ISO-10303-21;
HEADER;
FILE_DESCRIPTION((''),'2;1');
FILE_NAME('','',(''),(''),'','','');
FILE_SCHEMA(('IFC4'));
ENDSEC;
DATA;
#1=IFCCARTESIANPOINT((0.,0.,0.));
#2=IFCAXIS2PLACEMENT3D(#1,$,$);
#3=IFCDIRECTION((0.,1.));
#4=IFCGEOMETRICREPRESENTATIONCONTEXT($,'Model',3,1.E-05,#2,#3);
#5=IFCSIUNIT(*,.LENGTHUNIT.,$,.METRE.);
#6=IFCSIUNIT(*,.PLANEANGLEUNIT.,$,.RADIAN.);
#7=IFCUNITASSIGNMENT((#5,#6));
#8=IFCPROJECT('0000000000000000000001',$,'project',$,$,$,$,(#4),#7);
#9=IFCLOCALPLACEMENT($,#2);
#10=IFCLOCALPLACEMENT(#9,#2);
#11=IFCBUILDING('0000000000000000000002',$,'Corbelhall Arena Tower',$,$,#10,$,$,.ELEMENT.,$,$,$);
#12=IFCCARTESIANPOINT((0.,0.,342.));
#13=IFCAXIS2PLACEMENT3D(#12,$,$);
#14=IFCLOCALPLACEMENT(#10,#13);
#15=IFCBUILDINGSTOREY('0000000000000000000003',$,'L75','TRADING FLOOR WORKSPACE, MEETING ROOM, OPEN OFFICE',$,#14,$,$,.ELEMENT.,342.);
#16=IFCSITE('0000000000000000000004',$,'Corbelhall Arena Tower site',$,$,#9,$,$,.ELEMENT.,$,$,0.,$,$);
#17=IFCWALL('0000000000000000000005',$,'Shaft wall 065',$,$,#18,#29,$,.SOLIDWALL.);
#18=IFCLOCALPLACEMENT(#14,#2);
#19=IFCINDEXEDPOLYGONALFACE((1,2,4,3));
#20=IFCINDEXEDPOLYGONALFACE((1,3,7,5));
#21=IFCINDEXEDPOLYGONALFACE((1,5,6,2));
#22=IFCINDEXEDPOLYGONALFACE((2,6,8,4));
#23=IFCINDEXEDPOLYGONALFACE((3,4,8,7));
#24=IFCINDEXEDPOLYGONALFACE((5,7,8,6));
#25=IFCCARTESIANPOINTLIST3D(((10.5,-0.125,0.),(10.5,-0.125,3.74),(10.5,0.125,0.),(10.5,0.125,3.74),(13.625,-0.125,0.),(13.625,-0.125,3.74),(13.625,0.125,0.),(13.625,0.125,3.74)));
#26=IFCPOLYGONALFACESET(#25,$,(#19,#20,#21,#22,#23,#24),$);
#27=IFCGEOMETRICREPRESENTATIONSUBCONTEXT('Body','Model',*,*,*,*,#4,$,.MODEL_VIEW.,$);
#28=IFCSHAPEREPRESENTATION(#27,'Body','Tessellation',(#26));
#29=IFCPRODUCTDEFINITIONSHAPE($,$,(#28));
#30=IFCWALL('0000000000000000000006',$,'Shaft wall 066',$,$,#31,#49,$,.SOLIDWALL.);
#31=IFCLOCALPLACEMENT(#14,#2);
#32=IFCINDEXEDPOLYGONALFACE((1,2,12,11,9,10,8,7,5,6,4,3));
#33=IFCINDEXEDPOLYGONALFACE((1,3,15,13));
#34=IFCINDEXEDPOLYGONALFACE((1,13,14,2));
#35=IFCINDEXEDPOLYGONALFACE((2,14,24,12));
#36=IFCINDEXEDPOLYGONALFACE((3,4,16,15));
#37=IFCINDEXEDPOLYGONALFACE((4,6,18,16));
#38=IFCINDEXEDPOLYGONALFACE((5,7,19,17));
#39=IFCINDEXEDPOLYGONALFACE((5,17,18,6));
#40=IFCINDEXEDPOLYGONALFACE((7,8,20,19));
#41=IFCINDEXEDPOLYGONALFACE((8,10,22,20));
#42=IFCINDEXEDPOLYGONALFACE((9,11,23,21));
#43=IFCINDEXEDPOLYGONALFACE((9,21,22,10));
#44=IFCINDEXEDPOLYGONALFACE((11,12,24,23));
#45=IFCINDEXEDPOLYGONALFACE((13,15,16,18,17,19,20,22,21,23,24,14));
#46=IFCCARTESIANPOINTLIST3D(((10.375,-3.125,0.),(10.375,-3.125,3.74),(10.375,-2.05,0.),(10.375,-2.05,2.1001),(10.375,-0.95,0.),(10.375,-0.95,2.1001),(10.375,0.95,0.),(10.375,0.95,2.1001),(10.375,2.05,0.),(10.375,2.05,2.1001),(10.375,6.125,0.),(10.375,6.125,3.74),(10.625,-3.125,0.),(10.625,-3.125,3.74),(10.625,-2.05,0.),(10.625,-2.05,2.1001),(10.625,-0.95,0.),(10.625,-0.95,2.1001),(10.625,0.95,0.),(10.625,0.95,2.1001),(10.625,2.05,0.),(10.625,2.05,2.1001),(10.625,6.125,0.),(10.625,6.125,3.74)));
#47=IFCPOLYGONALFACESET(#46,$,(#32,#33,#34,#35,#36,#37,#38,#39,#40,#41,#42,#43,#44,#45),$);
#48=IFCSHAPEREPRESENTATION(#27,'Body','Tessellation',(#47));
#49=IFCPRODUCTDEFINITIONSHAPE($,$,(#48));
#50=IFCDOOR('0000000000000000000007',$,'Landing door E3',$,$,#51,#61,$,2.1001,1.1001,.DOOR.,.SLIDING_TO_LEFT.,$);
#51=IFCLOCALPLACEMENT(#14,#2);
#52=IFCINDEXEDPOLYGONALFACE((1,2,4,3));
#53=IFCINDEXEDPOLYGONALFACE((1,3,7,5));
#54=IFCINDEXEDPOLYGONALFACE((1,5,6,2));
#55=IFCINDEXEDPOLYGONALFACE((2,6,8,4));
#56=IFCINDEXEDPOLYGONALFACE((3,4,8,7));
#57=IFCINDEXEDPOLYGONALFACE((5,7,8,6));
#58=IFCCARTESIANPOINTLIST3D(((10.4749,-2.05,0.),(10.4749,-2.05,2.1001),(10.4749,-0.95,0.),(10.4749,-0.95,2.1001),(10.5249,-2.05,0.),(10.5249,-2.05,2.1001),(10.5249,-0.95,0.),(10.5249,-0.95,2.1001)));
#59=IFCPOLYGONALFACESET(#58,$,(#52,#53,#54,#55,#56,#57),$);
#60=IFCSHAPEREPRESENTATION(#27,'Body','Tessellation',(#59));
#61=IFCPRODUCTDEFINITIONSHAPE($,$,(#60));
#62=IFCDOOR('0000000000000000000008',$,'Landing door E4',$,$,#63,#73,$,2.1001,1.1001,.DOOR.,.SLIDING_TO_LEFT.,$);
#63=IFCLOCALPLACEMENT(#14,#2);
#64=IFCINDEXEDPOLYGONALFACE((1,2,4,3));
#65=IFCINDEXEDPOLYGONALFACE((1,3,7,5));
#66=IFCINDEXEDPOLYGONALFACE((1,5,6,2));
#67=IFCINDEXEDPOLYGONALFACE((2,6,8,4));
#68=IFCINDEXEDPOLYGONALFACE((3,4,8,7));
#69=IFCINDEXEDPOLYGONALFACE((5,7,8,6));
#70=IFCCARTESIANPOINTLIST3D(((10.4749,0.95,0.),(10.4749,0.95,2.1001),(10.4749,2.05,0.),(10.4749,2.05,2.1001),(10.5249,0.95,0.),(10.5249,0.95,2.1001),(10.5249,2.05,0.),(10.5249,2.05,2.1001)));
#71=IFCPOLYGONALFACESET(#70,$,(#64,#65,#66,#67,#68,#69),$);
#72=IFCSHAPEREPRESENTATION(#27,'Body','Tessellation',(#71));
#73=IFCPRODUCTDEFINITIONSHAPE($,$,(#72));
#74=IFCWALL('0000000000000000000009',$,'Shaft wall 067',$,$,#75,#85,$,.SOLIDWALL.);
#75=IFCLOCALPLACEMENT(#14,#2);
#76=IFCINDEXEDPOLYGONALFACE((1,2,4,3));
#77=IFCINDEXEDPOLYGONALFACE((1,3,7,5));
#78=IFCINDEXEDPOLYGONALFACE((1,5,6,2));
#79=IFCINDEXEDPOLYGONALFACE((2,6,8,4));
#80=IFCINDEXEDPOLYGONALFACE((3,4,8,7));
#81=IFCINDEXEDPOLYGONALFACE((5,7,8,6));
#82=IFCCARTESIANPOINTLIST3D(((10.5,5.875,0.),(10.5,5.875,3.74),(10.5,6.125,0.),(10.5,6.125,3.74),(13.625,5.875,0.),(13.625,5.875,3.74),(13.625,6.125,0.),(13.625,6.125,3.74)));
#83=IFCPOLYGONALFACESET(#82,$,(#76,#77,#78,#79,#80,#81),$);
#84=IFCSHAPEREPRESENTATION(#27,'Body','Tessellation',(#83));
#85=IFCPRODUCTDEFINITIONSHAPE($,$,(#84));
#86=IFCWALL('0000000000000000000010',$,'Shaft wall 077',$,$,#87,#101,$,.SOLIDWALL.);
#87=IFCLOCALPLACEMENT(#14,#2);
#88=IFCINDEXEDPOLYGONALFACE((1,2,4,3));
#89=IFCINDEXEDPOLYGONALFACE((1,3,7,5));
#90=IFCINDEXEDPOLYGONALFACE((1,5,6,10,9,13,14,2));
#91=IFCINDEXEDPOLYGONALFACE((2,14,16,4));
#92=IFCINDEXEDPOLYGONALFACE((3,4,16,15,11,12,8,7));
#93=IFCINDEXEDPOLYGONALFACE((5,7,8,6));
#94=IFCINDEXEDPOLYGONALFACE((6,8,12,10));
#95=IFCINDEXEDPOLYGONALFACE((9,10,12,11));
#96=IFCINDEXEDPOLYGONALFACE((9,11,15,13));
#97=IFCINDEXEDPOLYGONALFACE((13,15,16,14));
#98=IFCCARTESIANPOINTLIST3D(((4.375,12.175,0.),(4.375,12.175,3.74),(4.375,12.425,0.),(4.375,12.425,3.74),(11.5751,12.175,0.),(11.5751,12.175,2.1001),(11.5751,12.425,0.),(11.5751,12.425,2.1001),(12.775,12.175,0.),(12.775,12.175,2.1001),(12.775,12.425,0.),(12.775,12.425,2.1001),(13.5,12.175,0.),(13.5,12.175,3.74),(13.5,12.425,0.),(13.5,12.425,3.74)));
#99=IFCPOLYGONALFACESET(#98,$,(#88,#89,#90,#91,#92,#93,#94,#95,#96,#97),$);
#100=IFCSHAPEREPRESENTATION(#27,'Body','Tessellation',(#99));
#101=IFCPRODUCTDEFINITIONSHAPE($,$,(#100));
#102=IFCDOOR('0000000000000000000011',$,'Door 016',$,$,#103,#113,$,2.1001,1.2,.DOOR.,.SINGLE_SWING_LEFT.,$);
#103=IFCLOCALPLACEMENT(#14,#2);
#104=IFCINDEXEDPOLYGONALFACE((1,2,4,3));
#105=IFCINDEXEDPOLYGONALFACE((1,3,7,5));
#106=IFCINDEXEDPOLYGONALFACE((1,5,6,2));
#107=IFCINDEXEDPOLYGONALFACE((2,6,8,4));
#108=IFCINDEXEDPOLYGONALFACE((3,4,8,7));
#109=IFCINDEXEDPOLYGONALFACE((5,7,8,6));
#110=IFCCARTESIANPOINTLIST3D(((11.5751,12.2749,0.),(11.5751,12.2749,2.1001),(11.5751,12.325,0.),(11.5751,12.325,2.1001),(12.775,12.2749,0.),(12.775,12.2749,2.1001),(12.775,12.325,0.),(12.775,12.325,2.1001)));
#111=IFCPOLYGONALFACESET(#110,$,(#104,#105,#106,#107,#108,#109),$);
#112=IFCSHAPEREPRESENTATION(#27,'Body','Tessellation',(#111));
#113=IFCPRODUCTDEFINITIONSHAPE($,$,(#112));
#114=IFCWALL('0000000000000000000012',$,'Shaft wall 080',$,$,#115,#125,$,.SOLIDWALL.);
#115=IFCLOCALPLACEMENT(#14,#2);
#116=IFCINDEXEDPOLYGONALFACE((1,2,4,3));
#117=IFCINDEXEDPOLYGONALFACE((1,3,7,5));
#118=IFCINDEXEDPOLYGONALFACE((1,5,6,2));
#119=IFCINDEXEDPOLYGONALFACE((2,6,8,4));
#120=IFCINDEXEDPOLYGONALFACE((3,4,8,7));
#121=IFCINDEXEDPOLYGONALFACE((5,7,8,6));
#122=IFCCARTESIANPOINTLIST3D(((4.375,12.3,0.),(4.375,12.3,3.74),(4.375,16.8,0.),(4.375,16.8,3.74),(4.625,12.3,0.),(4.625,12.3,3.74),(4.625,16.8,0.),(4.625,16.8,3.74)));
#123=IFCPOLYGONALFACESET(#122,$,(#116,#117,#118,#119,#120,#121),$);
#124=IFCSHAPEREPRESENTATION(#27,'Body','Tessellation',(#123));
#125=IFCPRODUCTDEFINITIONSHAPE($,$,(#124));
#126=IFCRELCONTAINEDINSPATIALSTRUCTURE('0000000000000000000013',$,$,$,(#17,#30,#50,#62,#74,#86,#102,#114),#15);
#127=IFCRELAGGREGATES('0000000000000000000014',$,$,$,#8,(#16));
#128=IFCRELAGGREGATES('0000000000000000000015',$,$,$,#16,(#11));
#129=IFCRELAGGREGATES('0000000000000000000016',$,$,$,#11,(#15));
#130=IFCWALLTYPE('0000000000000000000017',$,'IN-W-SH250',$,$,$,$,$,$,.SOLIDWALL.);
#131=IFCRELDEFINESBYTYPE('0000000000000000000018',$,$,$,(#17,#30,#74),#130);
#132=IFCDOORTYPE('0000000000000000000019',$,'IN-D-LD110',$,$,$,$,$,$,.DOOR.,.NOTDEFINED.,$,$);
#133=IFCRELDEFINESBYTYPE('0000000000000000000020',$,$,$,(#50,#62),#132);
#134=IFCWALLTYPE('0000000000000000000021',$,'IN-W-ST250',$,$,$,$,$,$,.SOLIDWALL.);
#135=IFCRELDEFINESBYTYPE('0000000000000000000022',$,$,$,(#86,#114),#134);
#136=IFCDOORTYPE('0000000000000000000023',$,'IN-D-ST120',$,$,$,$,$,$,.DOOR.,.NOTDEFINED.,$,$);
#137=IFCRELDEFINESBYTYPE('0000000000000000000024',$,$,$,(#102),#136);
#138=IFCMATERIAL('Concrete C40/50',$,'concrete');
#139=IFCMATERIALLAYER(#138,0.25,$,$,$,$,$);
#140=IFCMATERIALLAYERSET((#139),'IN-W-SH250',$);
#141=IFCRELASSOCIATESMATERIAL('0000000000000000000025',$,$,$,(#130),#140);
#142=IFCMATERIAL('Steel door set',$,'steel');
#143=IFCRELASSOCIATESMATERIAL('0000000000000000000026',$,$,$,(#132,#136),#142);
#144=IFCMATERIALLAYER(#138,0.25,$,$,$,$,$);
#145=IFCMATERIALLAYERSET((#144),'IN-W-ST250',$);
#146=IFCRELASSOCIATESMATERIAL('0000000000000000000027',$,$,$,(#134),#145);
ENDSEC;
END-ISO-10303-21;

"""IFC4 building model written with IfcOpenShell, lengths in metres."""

from ifc_helpers import new_model, si_unit, direction, frame, frame_2d, origin, place, context, subcontext, project, spatial, rectangle, extrude, material, layer, layer_set, type_object, element, fill, save


model = new_model("IFC4")

# Units and contexts
model_context = context("Model", 3, precision=1e-05, world=origin(), true_north=direction((0.0, 1.0)))
body_context = subcontext(model_context, "Body", "Model", "MODEL_VIEW")
ifc_project = project(units=[si_unit("LENGTHUNIT", "METRE"), si_unit("PLANEANGLEUNIT", "RADIAN")], contexts=[model_context])

# Site, building, storey
site_placement = place(None, origin())
site = spatial("IfcSite", under=ifc_project, at=site_placement, Name="Corbelhall Arena Tower site", CompositionType="ELEMENT", RefElevation=0.0)
building_placement = place(site_placement, origin())
building = spatial("IfcBuilding", under=site, at=building_placement, Name="Corbelhall Arena Tower", CompositionType="ELEMENT")
storey_placement = place(building_placement, frame((0.0, 0.0, 342.0)))
storey = spatial("IfcBuildingStorey", under=building, at=storey_placement, Name="L75", Description="TRADING FLOOR WORKSPACE, MEETING ROOM, OPEN OFFICE", CompositionType="ELEMENT", Elevation=342.0)

# Shared definitions
ifc_material_1 = material(Name="Concrete C40/50", Category="concrete")

# Shared definitions
ifc_material_2 = material(Name="Steel door set", Category="steel")

# Shared definitions
ifc_layer_1 = layer(ifc_material_1, 0.25)
ifc_layer_set_1 = layer_set([ifc_layer_1], Name="IN-W-SH250")
wall_type_1 = type_object("IfcWallType", Name="IN-W-SH250", PredefinedType="SOLIDWALL", material=ifc_layer_set_1)

# Wall
wall_1_placement = place(storey_placement, frame((10.5, 0.0, 0.0), z_axis=(0.0, 0.0, 1.0), x_axis=(1.0, 0.0, 0.0)))
element("IfcWall", 1, at=wall_1_placement, inside=storey, type_object=wall_type_1, Name="Shaft wall 065", PredefinedType="SOLIDWALL", context=body_context, shape_type="SweptSolid", body=[
    extrude(rectangle(XDim=3.125, YDim=0.25, at=frame_2d((1.5625, 0.0))), origin(), (0.0, 0.0, 1.0), 3.74),
])

# Wall, openings, doors
wall_2_placement = place(storey_placement, frame((10.5, 6.125, 0.0), z_axis=(0.0, 0.0, 1.0), x_axis=(0.0, -1.0, 0.0)))
wall_2 = element("IfcWall", 2, at=wall_2_placement, inside=storey, type_object=wall_type_1, Name="Shaft wall 066", PredefinedType="SOLIDWALL", context=body_context, shape_type="SweptSolid", body=[
    extrude(rectangle(XDim=9.25, YDim=0.25, at=frame_2d((4.625, 0.0))), origin(), (0.0, 0.0, 1.0), 3.74),
])
opening_1_placement = place(wall_2_placement, frame((7.075, 0.0, 0.0)))
opening_1 = element("IfcOpeningElement", 3, at=opening_1_placement, cuts=wall_2, PredefinedType="OPENING", context=body_context, shape_type="SweptSolid", body=[
    extrude(rectangle(XDim=1.1001, YDim=2.1001, at=frame_2d((0.55, 1.05))), frame((0.0, 0.125, 0.0), z_axis=(0.0, -1.0, 0.0), x_axis=(1.0, 0.0, 0.0)), (0.0, 0.0, 1.0), 0.25),
])
opening_2_placement = place(wall_2_placement, frame((4.075, 0.0, 0.0)))
opening_2 = element("IfcOpeningElement", 4, at=opening_2_placement, cuts=wall_2, PredefinedType="OPENING", context=body_context, shape_type="SweptSolid", body=[
    extrude(rectangle(XDim=1.1001, YDim=2.1001, at=frame_2d((0.55, 1.05))), frame((0.0, 0.125, 0.0), z_axis=(0.0, -1.0, 0.0), x_axis=(1.0, 0.0, 0.0)), (0.0, 0.0, 1.0), 0.25),
])
door_type_1 = type_object("IfcDoorType", Name="IN-D-LD110", OperationType="NOTDEFINED", PredefinedType="DOOR", material=ifc_material_2)
door_1_placement = place(opening_1_placement, origin())
door_1 = element("IfcDoor", 5, at=door_1_placement, inside=storey, type_object=door_type_1, Name="Landing door E3", OperationType="SLIDING_TO_LEFT", OverallHeight=2.1001, OverallWidth=1.1001, PredefinedType="DOOR", context=body_context, shape_type="SweptSolid", body=[
    extrude(rectangle(XDim=1.1001, YDim=2.1001, at=frame_2d((0.55, 1.05))), frame((0.0, 0.0249, 0.0), z_axis=(0.0, -1.0, 0.0), x_axis=(1.0, 0.0, 0.0)), (0.0, 0.0, 1.0), 0.05),
])
fill(opening_1, door_1)
door_2_placement = place(opening_2_placement, origin())
door_2 = element("IfcDoor", 6, at=door_2_placement, inside=storey, type_object=door_type_1, Name="Landing door E4", OperationType="SLIDING_TO_LEFT", OverallHeight=2.1001, OverallWidth=1.1001, PredefinedType="DOOR", context=body_context, shape_type="SweptSolid", body=[
    extrude(rectangle(XDim=1.1001, YDim=2.1001, at=frame_2d((0.55, 1.05))), frame((0.0, 0.0249, 0.0), z_axis=(0.0, -1.0, 0.0), x_axis=(1.0, 0.0, 0.0)), (0.0, 0.0, 1.0), 0.05),
])
fill(opening_2, door_2)

# Wall
wall_3_placement = place(storey_placement, frame((10.5, 6.0, 0.0), z_axis=(0.0, 0.0, 1.0), x_axis=(1.0, 0.0, 0.0)))
element("IfcWall", 7, at=wall_3_placement, inside=storey, type_object=wall_type_1, Name="Shaft wall 067", PredefinedType="SOLIDWALL", context=body_context, shape_type="SweptSolid", body=[
    extrude(rectangle(XDim=3.125, YDim=0.25, at=frame_2d((1.5625, 0.0))), origin(), (0.0, 0.0, 1.0), 3.74),
])

# Wall, opening, door
ifc_layer_2 = layer(ifc_material_1, 0.25)
ifc_layer_set_2 = layer_set([ifc_layer_2], Name="IN-W-ST250")
wall_type_2 = type_object("IfcWallType", Name="IN-W-ST250", PredefinedType="SOLIDWALL", material=ifc_layer_set_2)
wall_4_placement = place(storey_placement, frame((4.375, 12.3, 0.0), z_axis=(0.0, 0.0, 1.0), x_axis=(1.0, 0.0, 0.0)))
wall_4 = element("IfcWall", 8, at=wall_4_placement, inside=storey, type_object=wall_type_2, Name="Shaft wall 077", PredefinedType="SOLIDWALL", context=body_context, shape_type="SweptSolid", body=[
    extrude(rectangle(XDim=9.125, YDim=0.25, at=frame_2d((4.5625, 0.0))), origin(), (0.0, 0.0, 1.0), 3.74),
])
opening_3_placement = place(wall_4_placement, frame((7.2, 0.0, 0.0)))
opening_3 = element("IfcOpeningElement", 9, at=opening_3_placement, cuts=wall_4, PredefinedType="OPENING", context=body_context, shape_type="SweptSolid", body=[
    extrude(rectangle(XDim=1.2, YDim=2.1001, at=frame_2d((0.6001, 1.05))), frame((0.0, 0.125, 0.0), z_axis=(0.0, -1.0, 0.0), x_axis=(1.0, 0.0, 0.0)), (0.0, 0.0, 1.0), 0.25),
])
door_type_2 = type_object("IfcDoorType", Name="IN-D-ST120", OperationType="NOTDEFINED", PredefinedType="DOOR", material=ifc_material_2)
door_3_placement = place(opening_3_placement, origin())
door_3 = element("IfcDoor", 10, at=door_3_placement, inside=storey, type_object=door_type_2, Name="Door 016", OperationType="SINGLE_SWING_LEFT", OverallHeight=2.1001, OverallWidth=1.2, PredefinedType="DOOR", context=body_context, shape_type="SweptSolid", body=[
    extrude(rectangle(XDim=1.2, YDim=2.1001, at=frame_2d((0.6001, 1.05))), frame((0.0, 0.0249, 0.0), z_axis=(0.0, -1.0, 0.0), x_axis=(1.0, 0.0, 0.0)), (0.0, 0.0, 1.0), 0.05),
])
fill(opening_3, door_3)

# Wall
wall_5_placement = place(storey_placement, frame((4.5, 12.3, 0.0), z_axis=(0.0, 0.0, 1.0), x_axis=(0.0, 1.0, 0.0)))
element("IfcWall", 11, at=wall_5_placement, inside=storey, type_object=wall_type_2, Name="Shaft wall 080", PredefinedType="SOLIDWALL", context=body_context, shape_type="SweptSolid", body=[
    extrude(rectangle(XDim=4.5, YDim=0.25, at=frame_2d((2.25, 0.0))), origin(), (0.0, 0.0, 1.0), 3.74),
])

save(model, "model.ifc")
